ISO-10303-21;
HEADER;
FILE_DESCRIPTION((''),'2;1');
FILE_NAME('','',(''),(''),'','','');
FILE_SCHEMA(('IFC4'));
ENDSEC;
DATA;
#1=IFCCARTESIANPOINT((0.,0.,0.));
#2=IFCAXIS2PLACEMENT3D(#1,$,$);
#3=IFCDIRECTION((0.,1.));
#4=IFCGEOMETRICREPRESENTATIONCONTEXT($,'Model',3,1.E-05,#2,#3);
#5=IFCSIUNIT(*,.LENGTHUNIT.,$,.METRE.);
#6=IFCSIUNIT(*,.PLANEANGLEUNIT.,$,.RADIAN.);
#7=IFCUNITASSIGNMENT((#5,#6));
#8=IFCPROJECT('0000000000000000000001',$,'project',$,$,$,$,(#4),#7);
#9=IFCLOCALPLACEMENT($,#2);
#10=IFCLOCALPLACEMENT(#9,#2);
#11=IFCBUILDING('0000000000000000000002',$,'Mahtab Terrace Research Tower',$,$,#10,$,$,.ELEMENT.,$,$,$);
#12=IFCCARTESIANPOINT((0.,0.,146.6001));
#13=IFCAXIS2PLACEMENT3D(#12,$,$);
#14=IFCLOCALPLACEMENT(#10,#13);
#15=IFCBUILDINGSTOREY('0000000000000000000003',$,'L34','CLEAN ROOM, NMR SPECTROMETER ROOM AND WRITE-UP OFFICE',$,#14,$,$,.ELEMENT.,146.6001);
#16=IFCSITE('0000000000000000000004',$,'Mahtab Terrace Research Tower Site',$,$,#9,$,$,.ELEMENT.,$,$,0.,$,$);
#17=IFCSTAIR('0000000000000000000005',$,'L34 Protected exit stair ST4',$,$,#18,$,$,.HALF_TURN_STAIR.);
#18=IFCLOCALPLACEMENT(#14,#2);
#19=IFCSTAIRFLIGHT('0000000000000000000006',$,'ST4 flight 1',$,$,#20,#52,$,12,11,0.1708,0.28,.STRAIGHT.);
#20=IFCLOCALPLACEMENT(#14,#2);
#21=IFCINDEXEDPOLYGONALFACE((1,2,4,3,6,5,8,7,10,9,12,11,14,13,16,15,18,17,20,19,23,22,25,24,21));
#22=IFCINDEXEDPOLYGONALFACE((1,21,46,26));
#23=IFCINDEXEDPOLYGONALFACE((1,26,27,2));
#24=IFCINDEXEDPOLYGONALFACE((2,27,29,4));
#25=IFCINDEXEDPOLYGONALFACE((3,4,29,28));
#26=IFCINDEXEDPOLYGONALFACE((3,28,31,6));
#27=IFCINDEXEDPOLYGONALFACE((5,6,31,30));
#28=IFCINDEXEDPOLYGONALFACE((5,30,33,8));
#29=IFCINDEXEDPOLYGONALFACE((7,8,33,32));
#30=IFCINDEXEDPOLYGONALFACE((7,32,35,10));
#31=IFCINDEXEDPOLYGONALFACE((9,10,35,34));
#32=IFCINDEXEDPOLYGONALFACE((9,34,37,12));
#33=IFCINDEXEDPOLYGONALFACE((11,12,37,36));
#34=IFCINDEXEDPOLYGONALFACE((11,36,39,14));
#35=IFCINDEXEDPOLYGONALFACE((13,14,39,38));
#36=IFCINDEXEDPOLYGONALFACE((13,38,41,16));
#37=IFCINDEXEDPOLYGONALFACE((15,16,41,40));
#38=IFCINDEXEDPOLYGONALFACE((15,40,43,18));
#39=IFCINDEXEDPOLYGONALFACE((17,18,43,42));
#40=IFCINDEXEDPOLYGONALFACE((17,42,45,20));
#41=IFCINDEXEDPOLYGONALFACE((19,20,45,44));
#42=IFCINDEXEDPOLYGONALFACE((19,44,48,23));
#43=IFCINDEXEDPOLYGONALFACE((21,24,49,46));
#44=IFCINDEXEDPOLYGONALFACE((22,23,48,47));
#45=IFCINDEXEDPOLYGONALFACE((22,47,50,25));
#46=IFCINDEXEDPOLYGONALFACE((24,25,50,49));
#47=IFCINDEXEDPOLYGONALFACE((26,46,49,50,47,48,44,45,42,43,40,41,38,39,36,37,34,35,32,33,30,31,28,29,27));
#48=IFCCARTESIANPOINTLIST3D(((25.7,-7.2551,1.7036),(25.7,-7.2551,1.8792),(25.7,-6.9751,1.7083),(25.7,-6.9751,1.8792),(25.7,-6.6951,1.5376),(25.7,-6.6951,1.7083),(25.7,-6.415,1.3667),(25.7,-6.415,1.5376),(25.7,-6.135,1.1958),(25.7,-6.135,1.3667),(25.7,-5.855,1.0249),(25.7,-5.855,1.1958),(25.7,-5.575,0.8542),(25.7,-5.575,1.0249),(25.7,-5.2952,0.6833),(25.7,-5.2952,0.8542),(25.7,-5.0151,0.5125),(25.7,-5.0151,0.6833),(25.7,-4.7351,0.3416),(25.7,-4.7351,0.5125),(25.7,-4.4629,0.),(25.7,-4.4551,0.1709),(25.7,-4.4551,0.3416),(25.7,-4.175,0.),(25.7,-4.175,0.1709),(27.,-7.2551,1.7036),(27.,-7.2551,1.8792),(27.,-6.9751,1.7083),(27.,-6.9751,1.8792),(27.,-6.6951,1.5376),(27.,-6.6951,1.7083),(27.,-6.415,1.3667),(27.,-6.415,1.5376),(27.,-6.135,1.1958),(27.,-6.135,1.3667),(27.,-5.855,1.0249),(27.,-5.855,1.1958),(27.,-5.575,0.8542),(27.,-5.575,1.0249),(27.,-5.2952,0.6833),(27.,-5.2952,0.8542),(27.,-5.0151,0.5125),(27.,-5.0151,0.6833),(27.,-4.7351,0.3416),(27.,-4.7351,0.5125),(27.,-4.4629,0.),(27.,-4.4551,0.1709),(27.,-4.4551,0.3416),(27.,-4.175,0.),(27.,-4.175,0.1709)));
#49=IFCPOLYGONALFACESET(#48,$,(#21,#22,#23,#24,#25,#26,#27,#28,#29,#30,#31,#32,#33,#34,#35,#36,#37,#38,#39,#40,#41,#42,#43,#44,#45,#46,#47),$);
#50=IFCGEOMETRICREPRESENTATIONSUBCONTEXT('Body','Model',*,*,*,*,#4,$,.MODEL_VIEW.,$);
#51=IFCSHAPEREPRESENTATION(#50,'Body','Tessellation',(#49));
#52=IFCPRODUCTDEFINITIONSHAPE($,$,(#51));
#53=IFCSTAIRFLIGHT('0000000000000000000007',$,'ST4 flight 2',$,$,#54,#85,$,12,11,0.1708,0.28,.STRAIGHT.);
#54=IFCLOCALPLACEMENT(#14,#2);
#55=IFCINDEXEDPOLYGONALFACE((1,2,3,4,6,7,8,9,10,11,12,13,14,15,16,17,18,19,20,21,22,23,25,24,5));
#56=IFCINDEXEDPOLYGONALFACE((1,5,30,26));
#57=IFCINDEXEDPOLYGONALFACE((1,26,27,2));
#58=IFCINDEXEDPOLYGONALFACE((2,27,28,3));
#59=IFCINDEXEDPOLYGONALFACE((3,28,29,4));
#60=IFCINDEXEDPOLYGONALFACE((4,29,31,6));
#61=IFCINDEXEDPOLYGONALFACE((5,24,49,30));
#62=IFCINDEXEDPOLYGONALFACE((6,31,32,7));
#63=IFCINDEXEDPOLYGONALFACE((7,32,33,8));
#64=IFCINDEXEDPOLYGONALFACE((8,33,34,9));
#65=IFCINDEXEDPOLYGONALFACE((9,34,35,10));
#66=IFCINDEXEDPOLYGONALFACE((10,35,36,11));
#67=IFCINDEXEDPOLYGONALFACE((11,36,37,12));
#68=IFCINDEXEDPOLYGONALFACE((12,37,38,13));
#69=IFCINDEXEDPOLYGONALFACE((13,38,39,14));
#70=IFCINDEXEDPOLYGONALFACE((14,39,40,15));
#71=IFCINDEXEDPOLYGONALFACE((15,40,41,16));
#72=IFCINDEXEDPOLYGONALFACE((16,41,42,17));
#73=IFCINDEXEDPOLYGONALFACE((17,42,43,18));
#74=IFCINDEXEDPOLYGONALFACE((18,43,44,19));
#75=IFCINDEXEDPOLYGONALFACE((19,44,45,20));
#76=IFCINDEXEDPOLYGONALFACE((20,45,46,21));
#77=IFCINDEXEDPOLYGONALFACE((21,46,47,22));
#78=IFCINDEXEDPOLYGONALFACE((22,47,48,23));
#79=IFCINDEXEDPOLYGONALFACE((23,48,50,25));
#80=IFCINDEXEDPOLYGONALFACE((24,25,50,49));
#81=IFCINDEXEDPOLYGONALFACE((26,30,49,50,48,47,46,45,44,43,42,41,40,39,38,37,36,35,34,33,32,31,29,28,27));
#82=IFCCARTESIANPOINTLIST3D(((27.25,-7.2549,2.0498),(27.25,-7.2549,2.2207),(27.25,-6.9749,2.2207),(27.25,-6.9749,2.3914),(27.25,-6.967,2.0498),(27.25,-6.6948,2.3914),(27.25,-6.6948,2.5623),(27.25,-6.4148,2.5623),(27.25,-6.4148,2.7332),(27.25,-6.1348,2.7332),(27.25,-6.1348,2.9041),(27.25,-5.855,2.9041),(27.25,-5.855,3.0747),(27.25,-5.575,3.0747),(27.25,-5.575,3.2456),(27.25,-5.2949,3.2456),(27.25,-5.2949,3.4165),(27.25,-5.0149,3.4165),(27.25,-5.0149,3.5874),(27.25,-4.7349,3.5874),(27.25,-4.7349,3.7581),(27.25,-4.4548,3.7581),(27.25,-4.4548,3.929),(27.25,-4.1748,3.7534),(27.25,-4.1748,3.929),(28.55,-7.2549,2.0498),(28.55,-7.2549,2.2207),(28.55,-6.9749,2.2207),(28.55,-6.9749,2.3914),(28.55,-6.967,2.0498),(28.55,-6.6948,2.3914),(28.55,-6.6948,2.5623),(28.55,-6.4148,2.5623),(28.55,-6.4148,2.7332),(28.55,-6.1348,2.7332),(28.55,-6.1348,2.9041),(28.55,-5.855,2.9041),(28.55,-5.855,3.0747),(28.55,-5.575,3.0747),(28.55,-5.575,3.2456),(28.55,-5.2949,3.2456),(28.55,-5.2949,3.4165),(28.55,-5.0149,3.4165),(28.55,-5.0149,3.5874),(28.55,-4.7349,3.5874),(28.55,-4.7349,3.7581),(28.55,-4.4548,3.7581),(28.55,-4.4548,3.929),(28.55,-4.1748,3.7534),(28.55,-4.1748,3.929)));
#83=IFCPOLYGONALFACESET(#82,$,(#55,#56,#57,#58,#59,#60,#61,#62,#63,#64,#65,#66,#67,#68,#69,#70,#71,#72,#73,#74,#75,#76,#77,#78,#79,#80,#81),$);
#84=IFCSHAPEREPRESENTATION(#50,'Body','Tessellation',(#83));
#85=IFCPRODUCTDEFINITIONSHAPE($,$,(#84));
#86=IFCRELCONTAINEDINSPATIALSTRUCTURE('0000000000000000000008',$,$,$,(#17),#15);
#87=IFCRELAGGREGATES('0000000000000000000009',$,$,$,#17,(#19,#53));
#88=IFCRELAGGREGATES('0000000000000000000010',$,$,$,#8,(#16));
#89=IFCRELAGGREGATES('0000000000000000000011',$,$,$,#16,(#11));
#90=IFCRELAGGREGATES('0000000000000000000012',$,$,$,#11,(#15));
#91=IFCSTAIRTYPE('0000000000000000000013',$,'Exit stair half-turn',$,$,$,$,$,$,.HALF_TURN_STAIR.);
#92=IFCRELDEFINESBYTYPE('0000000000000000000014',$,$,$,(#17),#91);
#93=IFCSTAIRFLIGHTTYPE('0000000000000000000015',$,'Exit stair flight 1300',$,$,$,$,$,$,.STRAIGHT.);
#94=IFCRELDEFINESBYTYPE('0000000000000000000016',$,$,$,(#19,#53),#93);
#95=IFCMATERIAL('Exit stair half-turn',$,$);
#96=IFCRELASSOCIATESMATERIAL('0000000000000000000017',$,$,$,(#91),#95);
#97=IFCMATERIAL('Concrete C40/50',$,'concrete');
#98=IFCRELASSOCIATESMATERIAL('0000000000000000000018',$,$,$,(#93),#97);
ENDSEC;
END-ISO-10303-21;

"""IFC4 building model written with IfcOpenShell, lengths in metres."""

from ifc_helpers import new_model, si_unit, direction, frame, origin, place, context, subcontext, project, spatial, polyline, outline, extrude, material, type_object, element, aggregate, save


model = new_model("IFC4")

# Units and contexts
model_context = context("Model", 3, precision=1e-05, world=origin(), true_north=direction((0.0, 1.0)))
body_context = subcontext(model_context, "Body", "Model", "MODEL_VIEW")
ifc_project = project(units=[si_unit("LENGTHUNIT", "METRE"), si_unit("PLANEANGLEUNIT", "RADIAN")], contexts=[model_context])

# Site, building, storey
site_placement = place(None, origin())
site = spatial("IfcSite", under=ifc_project, at=site_placement, Name="Mahtab Terrace Research Tower Site", CompositionType="ELEMENT", RefElevation=0.0)
building_placement = place(site_placement, origin())
building = spatial("IfcBuilding", under=site, at=building_placement, Name="Mahtab Terrace Research Tower", CompositionType="ELEMENT")
storey_placement = place(building_placement, frame((0.0, 0.0, 146.6001)))
storey = spatial("IfcBuildingStorey", under=building, at=storey_placement, Name="L34", Description="CLEAN ROOM, NMR SPECTROMETER ROOM AND WRITE-UP OFFICE", CompositionType="ELEMENT", Elevation=146.6001)

# Stair, stair flights
ifc_material_1 = material(Name="Exit stair half-turn")
stair_type = type_object("IfcStairType", Name="Exit stair half-turn", PredefinedType="HALF_TURN_STAIR", material=ifc_material_1)
stair_placement = place(storey_placement, origin())
stair = element("IfcStair", 1, at=stair_placement, inside=storey, type_object=stair_type, Name="L34 Protected exit stair ST4", PredefinedType="HALF_TURN_STAIR")
ifc_material_2 = material(Name="Concrete C40/50", Category="concrete")
stair_flight_type = type_object("IfcStairFlightType", Name="Exit stair flight 1300", PredefinedType="STRAIGHT", material=ifc_material_2)
stair_flight_1_placement = place(storey_placement, frame((26.3501, -4.175, 0.0), z_axis=(0.0, 0.0, 1.0), x_axis=(0.0, -1.0, 0.0)))
stair_flight_1 = element("IfcStairFlight", 2, at=stair_flight_1_placement, type_object=stair_flight_type, Name="ST4 flight 1", NumberOfRisers=12, NumberOfTreads=11, PredefinedType="STRAIGHT", RiserHeight=0.1708, TreadLength=0.28, context=body_context, shape_type="SweptSolid", body=[
    extrude(outline(polyline([(0.0, 0.0), (0.0, 0.1709), (0.28, 0.1709), (0.28, 0.3416), (0.5601, 0.3416), (0.5601, 0.5125), (0.8401, 0.5125), (0.8401, 0.6833), (1.1201, 0.6833), (1.1201, 0.8542), (1.3999, 0.8542), (1.3999, 1.0249), (1.6799, 1.0249), (1.6799, 1.1958), (1.96, 1.1958), (1.96, 1.3667), (2.24, 1.3667), (2.24, 1.5376), (2.52, 1.5376), (2.52, 1.7083), (2.8, 1.7083), (2.8, 1.8792), (3.0801, 1.8792), (3.0801, 2.05), (3.0801, 1.7036), (0.2878, 0.0), (0.0, 0.0)])), frame((0.0, 0.6499, 0.0), z_axis=(0.0, -1.0, 0.0), x_axis=(1.0, 0.0, 0.0)), (0.0, 0.0, 1.0), 1.3),
])
stair_flight_2_placement = place(storey_placement, frame((27.8999, -7.2549, 2.0498), z_axis=(0.0, 0.0, 1.0), x_axis=(0.0, 1.0, 0.0)))
stair_flight_2 = element("IfcStairFlight", 3, at=stair_flight_2_placement, type_object=stair_flight_type, Name="ST4 flight 2", NumberOfRisers=12, NumberOfTreads=11, PredefinedType="STRAIGHT", RiserHeight=0.1708, TreadLength=0.28, context=body_context, shape_type="SweptSolid", body=[
    extrude(outline(polyline([(0.0, 0.0), (0.0, 0.1709), (0.28, 0.1709), (0.28, 0.3416), (0.5601, 0.3416), (0.5601, 0.5125), (0.8401, 0.5125), (0.8401, 0.6833), (1.1201, 0.6833), (1.1201, 0.8542), (1.3999, 0.8542), (1.3999, 1.0249), (1.6799, 1.0249), (1.6799, 1.1958), (1.96, 1.1958), (1.96, 1.3667), (2.24, 1.3667), (2.24, 1.5376), (2.52, 1.5376), (2.52, 1.7083), (2.8, 1.7083), (2.8, 1.8792), (3.0801, 1.8792), (3.0801, 2.05), (3.0801, 1.7036), (0.2878, 0.0), (0.0, 0.0)])), frame((0.0, 0.6499, 0.0), z_axis=(0.0, -1.0, 0.0), x_axis=(1.0, 0.0, 0.0)), (0.0, 0.0, 1.0), 1.3),
])
aggregate(stair, [stair_flight_1, stair_flight_2])

save(model, "model.ifc")
